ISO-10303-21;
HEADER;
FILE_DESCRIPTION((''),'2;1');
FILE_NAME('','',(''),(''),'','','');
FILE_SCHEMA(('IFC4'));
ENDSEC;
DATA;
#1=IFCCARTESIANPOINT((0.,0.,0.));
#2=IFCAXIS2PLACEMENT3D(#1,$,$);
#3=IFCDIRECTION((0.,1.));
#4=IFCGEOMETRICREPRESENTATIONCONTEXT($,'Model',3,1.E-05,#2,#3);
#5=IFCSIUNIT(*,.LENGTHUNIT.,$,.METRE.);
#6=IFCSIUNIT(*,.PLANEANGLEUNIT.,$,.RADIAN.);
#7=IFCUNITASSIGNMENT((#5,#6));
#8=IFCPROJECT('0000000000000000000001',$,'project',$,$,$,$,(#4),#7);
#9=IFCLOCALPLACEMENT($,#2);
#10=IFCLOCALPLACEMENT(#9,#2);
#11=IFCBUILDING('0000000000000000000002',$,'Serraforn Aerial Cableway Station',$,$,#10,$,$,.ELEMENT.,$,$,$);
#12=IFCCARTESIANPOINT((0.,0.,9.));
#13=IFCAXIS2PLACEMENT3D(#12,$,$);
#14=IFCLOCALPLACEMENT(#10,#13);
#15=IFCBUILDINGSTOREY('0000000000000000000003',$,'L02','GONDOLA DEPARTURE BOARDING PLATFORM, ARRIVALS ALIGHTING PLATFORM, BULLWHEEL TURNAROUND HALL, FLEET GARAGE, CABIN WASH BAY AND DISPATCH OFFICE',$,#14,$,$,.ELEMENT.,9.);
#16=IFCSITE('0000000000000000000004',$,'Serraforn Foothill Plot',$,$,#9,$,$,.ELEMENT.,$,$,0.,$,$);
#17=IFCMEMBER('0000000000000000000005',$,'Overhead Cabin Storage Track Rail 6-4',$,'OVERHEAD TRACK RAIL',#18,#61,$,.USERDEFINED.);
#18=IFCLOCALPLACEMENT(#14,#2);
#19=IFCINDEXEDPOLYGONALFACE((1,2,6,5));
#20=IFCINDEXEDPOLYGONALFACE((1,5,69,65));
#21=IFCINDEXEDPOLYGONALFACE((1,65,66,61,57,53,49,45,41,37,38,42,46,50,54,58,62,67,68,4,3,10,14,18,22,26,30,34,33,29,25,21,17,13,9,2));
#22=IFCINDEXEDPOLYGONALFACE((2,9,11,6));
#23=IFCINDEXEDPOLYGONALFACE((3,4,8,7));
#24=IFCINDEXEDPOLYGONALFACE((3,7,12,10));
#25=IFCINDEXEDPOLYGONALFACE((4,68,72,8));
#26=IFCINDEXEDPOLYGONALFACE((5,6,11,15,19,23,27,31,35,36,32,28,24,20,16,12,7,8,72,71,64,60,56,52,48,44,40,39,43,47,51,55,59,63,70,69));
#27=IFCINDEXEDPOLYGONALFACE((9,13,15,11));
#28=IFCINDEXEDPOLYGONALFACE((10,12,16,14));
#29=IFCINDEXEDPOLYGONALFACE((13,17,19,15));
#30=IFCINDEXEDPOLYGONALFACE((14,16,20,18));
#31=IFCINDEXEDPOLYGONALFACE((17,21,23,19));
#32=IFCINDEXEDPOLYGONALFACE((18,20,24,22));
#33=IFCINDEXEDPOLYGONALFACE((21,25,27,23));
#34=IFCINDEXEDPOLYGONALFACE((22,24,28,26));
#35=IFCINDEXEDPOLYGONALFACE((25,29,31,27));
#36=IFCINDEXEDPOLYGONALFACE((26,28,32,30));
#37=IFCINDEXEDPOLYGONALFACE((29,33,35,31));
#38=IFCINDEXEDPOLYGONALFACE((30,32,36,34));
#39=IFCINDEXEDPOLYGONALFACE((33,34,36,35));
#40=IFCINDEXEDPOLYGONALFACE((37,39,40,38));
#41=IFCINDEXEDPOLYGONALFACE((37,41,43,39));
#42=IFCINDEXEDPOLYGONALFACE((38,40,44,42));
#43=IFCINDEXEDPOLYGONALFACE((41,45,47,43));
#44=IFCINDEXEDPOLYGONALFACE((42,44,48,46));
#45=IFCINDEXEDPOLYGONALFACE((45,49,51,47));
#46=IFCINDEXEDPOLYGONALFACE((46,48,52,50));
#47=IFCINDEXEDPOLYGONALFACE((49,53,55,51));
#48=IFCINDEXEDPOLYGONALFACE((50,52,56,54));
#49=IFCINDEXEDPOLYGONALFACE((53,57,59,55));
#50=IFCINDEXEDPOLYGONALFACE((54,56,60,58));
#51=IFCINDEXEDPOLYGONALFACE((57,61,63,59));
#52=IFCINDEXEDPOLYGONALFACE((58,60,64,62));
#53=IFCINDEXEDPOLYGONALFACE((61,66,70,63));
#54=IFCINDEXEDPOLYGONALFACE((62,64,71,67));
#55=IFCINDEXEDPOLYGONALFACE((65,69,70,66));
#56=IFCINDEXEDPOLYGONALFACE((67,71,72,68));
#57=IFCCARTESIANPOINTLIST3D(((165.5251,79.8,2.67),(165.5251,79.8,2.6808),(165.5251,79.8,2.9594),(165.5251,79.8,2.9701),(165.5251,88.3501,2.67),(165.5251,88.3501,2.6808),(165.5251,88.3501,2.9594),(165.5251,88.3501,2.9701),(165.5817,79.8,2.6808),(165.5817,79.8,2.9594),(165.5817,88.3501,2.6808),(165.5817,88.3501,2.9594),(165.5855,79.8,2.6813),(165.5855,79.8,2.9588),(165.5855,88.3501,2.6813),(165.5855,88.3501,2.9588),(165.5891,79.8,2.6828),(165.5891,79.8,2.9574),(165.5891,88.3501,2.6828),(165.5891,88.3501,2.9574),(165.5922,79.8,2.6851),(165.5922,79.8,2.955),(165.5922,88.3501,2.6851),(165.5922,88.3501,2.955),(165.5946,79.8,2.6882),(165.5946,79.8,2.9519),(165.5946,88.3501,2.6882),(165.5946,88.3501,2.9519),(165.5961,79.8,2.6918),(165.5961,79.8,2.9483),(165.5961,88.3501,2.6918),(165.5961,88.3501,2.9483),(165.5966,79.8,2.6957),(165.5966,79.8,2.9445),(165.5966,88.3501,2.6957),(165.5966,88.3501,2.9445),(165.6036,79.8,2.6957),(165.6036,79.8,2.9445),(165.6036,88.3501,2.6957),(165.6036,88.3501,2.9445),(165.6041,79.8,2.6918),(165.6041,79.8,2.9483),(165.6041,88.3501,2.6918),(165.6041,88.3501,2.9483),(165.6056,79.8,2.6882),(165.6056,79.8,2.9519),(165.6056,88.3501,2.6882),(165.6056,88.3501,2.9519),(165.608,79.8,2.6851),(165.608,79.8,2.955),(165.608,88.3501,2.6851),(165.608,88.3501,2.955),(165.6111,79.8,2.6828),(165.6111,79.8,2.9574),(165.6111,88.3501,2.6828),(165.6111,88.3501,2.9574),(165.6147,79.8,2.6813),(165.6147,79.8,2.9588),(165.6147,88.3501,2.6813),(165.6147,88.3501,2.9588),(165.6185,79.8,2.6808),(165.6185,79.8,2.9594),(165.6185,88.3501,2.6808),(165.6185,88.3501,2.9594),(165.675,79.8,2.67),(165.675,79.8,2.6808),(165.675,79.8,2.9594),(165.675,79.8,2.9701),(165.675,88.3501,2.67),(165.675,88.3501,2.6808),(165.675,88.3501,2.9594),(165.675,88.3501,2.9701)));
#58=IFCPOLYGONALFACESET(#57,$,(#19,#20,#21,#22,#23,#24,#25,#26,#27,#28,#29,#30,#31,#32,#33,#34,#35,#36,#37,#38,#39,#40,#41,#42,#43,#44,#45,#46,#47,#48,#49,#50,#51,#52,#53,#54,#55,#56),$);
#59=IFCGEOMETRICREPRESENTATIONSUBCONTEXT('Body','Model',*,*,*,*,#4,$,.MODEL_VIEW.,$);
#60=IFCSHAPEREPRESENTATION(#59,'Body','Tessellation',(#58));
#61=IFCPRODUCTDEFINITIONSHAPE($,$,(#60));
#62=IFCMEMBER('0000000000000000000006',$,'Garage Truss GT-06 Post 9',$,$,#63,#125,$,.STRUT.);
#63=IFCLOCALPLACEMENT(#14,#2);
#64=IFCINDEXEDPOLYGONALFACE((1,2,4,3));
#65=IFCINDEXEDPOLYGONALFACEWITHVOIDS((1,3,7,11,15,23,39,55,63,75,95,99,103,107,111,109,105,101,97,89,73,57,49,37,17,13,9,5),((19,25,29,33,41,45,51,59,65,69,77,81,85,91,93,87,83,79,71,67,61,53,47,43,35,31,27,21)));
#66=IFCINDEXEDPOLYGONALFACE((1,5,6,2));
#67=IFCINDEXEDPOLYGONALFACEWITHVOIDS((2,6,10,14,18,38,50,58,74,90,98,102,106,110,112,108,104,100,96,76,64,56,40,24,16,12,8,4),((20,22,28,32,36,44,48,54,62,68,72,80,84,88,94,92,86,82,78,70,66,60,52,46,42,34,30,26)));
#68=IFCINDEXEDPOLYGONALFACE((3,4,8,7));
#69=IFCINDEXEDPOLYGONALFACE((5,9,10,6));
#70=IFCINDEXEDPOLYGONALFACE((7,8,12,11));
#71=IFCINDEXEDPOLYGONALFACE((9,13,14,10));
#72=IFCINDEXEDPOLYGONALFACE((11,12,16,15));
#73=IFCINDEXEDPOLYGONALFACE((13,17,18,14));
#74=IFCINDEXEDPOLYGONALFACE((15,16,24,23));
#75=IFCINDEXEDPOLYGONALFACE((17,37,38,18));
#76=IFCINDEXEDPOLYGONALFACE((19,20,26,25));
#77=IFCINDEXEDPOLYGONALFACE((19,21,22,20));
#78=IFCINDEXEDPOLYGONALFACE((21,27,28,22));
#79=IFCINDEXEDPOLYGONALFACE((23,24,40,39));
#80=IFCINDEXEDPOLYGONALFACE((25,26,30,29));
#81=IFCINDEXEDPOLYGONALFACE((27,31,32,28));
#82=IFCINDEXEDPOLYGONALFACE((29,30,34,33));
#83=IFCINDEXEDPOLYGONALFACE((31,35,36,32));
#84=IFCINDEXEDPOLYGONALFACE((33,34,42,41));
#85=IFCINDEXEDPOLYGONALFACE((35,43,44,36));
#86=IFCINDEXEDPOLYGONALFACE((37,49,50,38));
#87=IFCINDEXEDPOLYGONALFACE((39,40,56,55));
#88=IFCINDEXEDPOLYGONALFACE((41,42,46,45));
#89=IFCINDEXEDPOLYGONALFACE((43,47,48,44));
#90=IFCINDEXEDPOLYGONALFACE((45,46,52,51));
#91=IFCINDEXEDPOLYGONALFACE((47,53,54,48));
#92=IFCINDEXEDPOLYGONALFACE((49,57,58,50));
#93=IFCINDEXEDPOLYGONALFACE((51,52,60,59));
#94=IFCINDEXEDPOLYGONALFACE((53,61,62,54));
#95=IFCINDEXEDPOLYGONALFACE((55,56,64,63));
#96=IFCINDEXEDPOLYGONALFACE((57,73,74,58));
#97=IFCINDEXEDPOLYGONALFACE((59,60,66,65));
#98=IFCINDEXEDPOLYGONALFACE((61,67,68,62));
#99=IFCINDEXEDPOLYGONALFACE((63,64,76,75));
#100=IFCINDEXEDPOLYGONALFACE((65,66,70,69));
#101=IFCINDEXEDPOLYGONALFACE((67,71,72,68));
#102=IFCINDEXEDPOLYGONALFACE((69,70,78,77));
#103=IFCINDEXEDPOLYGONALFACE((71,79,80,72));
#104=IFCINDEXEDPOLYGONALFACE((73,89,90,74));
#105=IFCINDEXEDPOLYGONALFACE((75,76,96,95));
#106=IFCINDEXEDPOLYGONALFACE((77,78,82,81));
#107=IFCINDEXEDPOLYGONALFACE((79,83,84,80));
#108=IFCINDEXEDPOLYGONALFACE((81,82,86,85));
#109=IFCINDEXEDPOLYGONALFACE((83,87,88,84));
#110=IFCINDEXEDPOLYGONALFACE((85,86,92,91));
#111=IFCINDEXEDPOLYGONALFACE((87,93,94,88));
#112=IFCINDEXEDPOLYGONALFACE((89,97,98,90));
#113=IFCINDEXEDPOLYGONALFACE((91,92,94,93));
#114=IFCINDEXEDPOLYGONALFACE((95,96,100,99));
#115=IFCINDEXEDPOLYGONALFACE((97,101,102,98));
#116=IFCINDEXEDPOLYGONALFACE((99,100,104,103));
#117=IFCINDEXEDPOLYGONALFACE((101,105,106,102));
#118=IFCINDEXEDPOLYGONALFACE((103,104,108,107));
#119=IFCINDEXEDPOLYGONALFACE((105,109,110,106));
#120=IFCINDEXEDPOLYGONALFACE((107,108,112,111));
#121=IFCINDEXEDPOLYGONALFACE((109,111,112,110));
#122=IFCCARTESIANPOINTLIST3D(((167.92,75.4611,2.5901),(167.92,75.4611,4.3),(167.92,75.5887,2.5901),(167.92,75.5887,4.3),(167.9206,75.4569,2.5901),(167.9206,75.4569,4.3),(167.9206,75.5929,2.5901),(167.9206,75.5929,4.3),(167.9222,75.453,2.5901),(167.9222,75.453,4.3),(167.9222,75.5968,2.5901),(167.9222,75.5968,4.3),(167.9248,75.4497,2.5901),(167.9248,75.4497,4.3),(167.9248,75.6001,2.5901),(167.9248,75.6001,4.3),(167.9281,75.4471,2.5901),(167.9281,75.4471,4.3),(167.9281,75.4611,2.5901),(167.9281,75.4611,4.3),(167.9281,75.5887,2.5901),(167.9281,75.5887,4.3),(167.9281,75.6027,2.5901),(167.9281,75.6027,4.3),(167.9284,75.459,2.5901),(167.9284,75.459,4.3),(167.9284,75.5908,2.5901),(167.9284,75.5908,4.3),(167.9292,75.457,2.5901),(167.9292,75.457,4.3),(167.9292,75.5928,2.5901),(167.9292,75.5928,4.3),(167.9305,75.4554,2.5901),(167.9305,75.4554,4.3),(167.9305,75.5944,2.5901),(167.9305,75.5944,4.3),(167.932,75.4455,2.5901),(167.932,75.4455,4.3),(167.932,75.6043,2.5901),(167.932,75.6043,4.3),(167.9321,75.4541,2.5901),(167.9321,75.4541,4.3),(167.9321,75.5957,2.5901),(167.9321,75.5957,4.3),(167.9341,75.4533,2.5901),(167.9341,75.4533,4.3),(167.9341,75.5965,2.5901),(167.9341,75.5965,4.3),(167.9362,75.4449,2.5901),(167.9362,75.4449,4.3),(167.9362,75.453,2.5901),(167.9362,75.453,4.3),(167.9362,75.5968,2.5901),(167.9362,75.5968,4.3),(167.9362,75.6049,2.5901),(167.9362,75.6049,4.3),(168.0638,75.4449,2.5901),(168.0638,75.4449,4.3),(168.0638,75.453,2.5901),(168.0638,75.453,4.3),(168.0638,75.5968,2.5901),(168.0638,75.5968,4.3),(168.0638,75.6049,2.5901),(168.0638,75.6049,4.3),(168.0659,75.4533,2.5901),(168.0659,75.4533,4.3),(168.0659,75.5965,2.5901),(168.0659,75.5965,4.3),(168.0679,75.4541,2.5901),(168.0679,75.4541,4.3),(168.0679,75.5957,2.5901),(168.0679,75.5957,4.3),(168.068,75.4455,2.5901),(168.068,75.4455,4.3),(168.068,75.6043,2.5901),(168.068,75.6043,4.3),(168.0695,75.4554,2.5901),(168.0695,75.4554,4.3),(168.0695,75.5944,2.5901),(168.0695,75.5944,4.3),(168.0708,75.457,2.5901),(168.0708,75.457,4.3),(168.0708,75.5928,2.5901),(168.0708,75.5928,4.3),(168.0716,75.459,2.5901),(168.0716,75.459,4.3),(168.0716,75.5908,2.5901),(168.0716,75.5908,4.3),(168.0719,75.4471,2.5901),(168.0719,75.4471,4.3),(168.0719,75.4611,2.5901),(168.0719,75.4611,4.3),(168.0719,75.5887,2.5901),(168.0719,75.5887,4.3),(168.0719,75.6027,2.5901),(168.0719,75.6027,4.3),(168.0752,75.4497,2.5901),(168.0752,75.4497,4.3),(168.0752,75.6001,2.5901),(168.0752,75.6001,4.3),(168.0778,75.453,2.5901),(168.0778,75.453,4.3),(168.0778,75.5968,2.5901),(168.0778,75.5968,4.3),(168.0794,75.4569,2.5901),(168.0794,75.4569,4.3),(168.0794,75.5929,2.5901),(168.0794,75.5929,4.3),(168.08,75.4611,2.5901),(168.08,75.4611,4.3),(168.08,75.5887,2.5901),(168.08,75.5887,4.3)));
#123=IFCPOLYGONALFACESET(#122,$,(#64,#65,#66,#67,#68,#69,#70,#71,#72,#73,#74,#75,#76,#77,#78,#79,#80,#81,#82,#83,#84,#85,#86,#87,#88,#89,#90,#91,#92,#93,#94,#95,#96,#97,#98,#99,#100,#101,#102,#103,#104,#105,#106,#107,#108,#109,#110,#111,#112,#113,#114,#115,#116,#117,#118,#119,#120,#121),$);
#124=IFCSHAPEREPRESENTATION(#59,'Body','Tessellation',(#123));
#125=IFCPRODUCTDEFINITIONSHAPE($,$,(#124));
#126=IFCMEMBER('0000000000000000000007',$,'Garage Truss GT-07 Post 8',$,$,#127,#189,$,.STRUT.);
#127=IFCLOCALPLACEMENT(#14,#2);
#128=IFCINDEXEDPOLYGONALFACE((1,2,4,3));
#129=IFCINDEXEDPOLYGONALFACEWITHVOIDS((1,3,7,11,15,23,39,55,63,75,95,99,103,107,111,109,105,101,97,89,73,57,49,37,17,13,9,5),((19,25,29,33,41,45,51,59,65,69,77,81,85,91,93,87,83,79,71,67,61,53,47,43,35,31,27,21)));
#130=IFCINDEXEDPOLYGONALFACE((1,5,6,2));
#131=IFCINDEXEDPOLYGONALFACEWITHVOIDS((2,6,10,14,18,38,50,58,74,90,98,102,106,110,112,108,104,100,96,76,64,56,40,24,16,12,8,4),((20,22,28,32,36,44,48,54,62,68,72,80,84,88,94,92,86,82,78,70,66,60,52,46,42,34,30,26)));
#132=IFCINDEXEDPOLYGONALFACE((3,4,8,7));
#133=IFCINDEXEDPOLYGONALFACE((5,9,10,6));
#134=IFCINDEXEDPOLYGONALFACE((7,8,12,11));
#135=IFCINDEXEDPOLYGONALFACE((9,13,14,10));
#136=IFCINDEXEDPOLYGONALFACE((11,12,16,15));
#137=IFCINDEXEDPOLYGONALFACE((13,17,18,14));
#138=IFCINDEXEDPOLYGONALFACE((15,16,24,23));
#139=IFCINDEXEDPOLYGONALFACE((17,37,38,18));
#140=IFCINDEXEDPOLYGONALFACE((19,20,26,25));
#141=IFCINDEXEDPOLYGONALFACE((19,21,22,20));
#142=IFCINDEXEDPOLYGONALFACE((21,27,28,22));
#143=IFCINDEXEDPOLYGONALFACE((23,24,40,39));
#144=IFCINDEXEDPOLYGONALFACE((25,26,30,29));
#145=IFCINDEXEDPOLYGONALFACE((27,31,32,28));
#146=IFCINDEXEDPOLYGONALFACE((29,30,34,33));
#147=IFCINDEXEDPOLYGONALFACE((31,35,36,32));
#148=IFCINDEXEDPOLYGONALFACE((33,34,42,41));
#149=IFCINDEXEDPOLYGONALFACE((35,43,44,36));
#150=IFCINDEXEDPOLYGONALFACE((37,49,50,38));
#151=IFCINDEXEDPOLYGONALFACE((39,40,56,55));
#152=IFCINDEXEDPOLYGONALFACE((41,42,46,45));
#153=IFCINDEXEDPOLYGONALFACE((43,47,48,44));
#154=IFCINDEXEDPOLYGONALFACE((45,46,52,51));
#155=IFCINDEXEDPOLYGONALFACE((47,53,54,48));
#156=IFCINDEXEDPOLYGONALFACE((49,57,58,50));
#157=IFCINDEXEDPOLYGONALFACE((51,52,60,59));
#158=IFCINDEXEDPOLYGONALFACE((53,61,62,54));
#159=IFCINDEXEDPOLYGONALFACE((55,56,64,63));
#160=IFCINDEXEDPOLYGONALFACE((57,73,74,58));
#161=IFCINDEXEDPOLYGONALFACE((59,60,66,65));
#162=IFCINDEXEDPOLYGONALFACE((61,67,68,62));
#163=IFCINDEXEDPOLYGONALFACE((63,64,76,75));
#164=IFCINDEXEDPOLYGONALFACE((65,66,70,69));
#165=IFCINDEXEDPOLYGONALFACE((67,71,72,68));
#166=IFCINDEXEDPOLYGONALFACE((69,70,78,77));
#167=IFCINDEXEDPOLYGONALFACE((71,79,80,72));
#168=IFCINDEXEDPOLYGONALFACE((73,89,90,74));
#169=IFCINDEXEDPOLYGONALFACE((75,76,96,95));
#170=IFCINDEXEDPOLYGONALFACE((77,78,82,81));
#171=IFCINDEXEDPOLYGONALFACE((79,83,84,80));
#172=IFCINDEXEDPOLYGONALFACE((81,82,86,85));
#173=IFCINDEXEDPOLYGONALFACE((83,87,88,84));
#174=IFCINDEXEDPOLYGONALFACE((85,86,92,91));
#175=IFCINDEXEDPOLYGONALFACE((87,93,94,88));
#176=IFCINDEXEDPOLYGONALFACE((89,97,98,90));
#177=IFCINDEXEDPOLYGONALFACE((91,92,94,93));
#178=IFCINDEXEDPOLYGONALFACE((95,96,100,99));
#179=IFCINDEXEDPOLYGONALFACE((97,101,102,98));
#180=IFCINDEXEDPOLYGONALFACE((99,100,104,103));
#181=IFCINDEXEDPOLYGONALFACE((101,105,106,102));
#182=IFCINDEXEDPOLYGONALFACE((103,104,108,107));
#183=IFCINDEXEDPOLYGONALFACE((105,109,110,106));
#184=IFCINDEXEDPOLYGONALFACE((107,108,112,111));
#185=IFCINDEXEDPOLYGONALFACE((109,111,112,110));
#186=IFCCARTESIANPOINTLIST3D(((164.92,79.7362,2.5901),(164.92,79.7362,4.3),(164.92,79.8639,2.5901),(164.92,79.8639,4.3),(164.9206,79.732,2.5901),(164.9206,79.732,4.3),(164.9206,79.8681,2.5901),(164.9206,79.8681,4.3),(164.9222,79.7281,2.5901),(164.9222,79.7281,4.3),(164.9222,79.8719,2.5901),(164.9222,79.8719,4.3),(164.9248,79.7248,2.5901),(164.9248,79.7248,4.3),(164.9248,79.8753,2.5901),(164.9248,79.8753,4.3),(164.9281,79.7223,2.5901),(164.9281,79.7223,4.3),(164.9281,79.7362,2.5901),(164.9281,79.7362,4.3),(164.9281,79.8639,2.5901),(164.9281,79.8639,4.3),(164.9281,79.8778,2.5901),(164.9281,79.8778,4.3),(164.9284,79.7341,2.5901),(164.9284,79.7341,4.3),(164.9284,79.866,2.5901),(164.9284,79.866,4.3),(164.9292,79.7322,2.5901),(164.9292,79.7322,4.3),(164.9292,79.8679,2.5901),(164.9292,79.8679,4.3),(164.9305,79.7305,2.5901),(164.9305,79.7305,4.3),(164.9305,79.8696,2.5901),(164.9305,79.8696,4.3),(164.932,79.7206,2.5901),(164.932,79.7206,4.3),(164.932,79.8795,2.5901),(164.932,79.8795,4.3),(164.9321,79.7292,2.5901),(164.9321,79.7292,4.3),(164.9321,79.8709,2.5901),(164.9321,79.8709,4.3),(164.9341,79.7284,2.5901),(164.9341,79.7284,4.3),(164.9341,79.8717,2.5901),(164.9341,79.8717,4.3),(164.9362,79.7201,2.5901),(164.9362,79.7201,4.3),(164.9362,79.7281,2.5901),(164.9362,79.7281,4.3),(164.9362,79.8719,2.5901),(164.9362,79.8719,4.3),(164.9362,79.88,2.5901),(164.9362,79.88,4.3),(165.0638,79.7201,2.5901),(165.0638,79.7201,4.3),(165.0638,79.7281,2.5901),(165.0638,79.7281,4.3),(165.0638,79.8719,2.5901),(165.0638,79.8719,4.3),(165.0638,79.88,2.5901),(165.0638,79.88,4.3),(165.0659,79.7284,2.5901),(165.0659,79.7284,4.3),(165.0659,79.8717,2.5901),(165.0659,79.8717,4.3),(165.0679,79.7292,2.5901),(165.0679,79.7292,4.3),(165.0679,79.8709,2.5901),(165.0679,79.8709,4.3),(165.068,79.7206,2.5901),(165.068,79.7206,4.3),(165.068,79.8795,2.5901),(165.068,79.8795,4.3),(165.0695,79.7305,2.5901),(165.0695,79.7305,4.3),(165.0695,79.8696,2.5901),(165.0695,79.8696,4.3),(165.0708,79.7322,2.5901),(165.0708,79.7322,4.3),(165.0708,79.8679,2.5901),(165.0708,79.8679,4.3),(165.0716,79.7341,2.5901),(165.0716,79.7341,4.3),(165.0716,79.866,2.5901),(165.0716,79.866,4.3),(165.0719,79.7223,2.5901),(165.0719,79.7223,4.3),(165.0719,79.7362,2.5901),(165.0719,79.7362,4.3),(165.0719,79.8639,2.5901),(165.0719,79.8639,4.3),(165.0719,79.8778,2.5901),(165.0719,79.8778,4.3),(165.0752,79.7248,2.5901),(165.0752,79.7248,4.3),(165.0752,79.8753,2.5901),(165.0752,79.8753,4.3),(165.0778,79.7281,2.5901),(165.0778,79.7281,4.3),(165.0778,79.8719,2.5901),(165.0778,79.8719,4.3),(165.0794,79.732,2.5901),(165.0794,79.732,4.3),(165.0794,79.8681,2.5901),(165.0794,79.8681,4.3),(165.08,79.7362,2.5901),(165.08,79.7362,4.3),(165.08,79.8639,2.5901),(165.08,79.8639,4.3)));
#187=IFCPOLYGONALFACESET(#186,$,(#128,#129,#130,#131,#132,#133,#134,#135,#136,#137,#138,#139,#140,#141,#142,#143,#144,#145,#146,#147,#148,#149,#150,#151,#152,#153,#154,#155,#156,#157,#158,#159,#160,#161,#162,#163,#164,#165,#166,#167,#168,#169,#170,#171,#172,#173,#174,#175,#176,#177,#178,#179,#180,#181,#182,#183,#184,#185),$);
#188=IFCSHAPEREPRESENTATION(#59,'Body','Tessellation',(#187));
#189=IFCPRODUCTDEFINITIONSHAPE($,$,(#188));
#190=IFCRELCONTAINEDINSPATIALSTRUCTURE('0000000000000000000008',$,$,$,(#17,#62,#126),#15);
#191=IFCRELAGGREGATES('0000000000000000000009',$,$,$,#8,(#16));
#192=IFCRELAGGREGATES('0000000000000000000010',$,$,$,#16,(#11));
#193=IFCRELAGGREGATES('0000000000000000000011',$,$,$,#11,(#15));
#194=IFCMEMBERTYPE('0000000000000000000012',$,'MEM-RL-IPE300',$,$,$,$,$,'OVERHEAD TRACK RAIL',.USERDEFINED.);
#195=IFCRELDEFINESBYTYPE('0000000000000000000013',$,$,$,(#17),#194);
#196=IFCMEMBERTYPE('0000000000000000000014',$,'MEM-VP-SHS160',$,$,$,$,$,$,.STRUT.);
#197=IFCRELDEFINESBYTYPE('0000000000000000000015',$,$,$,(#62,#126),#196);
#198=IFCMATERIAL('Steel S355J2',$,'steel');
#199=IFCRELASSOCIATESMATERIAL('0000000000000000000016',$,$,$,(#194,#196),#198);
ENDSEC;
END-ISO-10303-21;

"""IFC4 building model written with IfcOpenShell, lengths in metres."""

from ifc_helpers import new_model, si_unit, direction, frame, origin, origin_2d, place, context, subcontext, project, spatial, hollow_rectangle, i_section, extrude, material, material_profile, profile_set, type_object, element, save


model = new_model("IFC4")

# Units and contexts
model_context = context("Model", 3, precision=1e-05, world=origin(), true_north=direction((0.0, 1.0)))
body_context = subcontext(model_context, "Body", "Model", "MODEL_VIEW")
ifc_project = project(units=[si_unit("LENGTHUNIT", "METRE"), si_unit("PLANEANGLEUNIT", "RADIAN")], contexts=[model_context])

# Site, building, storey
site_placement = place(None, origin())
site = spatial("IfcSite", under=ifc_project, at=site_placement, Name="Serraforn Foothill Plot", CompositionType="ELEMENT", RefElevation=0.0)
building_placement = place(site_placement, origin())
building = spatial("IfcBuilding", under=site, at=building_placement, Name="Serraforn Aerial Cableway Station", CompositionType="ELEMENT")
storey_placement = place(building_placement, frame((0.0, 0.0, 9.0)))
storey = spatial("IfcBuildingStorey", under=building, at=storey_placement, Name="L02", Description="GONDOLA DEPARTURE BOARDING PLATFORM, ARRIVALS ALIGHTING PLATFORM, BULLWHEEL TURNAROUND HALL, FLEET GARAGE, CABIN WASH BAY AND DISPATCH OFFICE", CompositionType="ELEMENT", Elevation=9.0)

# Members
ifc_material_1 = material(Name="Steel S355J2", Category="steel")
ifc_material_profile_1 = material_profile(ifc_material_1, i_section(OverallWidth=0.1499, OverallDepth=0.3, WebThickness=0.0071, FlangeThickness=0.0107, FilletRadius=0.0149, at=origin_2d()), Name="IPE 300")
ifc_profile_set_1 = profile_set([ifc_material_profile_1], Name="Steel S355J2")
member_type_1 = type_object("IfcMemberType", Name="MEM-RL-IPE300", ElementType="OVERHEAD TRACK RAIL", PredefinedType="USERDEFINED", material=ifc_profile_set_1)
member_1_placement = place(storey_placement, frame((165.6001, 79.8, 2.8201), z_axis=(0.0, 1.0, 0.0), x_axis=(-1.0, 0.0, 0.0)))
element("IfcMember", 1, at=member_1_placement, inside=storey, type_object=member_type_1, Name="Overhead Cabin Storage Track Rail 6-4", ObjectType="OVERHEAD TRACK RAIL", PredefinedType="USERDEFINED", context=body_context, shape_type="SweptSolid", body=[
    extrude(i_section(OverallWidth=0.1499, OverallDepth=0.3, WebThickness=0.0071, FlangeThickness=0.0107, FilletRadius=0.0149, at=origin_2d()), origin(), (0.0, 0.0, 1.0), 8.55),
])
ifc_material_profile_2 = material_profile(ifc_material_1, hollow_rectangle(XDim=0.1599, YDim=0.1599, WallThickness=0.0081, InnerFilletRadius=0.0081, OuterFilletRadius=0.0161, at=origin_2d()), Name="SHS 160x160x8.0")
ifc_profile_set_2 = profile_set([ifc_material_profile_2], Name="Steel S355J2")
member_type_2 = type_object("IfcMemberType", Name="MEM-VP-SHS160", PredefinedType="STRUT", material=ifc_profile_set_2)
for number, where, z_axis, x_axis, name in (
    (2, (168.0, 75.5249, 2.5901), (0.0, 0.0, 1.0), (1.0, 0.0, 0.0), "Garage Truss GT-06 Post 9"),
    (3, (165.0, 79.8, 2.5901), (0.0, 0.0, 1.0), (1.0, 0.0, 0.0), "Garage Truss GT-07 Post 8"),
):
    element("IfcMember", number, at=place(storey_placement, frame(where, z_axis=z_axis, x_axis=x_axis)), inside=storey, type_object=member_type_2, Name=name, PredefinedType="STRUT", context=body_context, shape_type="SweptSolid", body=[
        extrude(hollow_rectangle(XDim=0.1599, YDim=0.1599, WallThickness=0.0081, InnerFilletRadius=0.0081, OuterFilletRadius=0.0161, at=origin_2d()), origin(), (0.0, 0.0, 1.0), 1.71),
    ])

save(model, "model.ifc")
